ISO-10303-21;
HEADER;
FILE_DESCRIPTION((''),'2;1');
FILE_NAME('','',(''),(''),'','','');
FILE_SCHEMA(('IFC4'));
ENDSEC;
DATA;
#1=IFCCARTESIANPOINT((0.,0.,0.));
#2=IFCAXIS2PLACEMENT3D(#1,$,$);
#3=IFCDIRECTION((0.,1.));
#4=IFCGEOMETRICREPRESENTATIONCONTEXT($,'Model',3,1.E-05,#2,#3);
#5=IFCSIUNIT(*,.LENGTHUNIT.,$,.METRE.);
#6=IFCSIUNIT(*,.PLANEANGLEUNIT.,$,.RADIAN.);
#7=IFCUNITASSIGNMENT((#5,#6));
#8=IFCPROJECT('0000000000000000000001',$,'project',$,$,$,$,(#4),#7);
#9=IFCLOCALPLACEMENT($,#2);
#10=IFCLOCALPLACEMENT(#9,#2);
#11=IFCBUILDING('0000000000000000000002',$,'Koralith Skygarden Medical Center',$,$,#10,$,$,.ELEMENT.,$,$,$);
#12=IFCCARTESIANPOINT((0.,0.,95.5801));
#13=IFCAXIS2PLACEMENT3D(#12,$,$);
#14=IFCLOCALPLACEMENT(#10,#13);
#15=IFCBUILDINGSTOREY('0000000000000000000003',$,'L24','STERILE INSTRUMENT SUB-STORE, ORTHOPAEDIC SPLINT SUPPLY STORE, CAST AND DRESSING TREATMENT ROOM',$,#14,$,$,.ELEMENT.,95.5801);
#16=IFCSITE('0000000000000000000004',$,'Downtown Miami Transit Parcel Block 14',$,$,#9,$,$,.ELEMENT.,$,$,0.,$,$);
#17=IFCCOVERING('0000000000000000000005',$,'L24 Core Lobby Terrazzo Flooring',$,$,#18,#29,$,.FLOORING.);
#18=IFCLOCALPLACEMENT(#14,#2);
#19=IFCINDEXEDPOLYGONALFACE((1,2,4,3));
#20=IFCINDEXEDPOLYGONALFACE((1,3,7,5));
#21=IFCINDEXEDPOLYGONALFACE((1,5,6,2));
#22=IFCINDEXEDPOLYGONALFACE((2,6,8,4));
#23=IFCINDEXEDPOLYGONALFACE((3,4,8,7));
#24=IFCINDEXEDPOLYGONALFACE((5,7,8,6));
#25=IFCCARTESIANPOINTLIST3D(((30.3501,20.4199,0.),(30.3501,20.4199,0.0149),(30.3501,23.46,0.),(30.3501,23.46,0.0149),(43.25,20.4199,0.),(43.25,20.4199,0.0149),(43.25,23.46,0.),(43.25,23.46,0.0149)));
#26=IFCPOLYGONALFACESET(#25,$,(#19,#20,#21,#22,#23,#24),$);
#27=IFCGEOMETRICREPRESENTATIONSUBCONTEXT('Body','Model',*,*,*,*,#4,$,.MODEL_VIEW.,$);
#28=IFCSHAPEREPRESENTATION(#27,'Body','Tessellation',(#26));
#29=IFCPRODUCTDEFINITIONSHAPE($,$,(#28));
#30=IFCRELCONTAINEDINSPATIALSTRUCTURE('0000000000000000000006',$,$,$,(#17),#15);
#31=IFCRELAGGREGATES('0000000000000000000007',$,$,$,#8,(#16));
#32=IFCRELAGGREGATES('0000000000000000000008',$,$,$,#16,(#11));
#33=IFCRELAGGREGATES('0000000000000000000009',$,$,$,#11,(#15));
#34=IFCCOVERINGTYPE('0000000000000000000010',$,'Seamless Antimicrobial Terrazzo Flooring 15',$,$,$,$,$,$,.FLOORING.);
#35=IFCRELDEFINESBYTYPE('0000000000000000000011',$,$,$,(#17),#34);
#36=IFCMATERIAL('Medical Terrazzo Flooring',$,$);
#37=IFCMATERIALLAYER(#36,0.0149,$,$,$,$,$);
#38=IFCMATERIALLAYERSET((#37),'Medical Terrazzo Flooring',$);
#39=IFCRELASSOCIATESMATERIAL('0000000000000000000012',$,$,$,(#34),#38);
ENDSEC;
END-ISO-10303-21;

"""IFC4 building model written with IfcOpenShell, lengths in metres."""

from ifc_helpers import new_model, si_unit, direction, frame, origin, place, context, subcontext, project, spatial, polyline, outline, extrude, material, layer, layer_set, type_object, element, save


model = new_model("IFC4")

# Units and contexts
model_context = context("Model", 3, precision=1e-05, world=origin(), true_north=direction((0.0, 1.0)))
body_context = subcontext(model_context, "Body", "Model", "MODEL_VIEW")
ifc_project = project(units=[si_unit("LENGTHUNIT", "METRE"), si_unit("PLANEANGLEUNIT", "RADIAN")], contexts=[model_context])

# Site, building, storey
site_placement = place(None, origin())
site = spatial("IfcSite", under=ifc_project, at=site_placement, Name="Downtown Miami Transit Parcel Block 14", CompositionType="ELEMENT", RefElevation=0.0)
building_placement = place(site_placement, origin())
building = spatial("IfcBuilding", under=site, at=building_placement, Name="Koralith Skygarden Medical Center", CompositionType="ELEMENT")
storey_placement = place(building_placement, frame((0.0, 0.0, 95.5801)))
storey = spatial("IfcBuildingStorey", under=building, at=storey_placement, Name="L24", Description="STERILE INSTRUMENT SUB-STORE, ORTHOPAEDIC SPLINT SUPPLY STORE, CAST AND DRESSING TREATMENT ROOM", CompositionType="ELEMENT", Elevation=95.5801)

# Covering
ifc_material_1 = material(Name="Medical Terrazzo Flooring")
ifc_layer_1 = layer(ifc_material_1, 0.0149)
ifc_layer_set_1 = layer_set([ifc_layer_1], Name="Medical Terrazzo Flooring")
covering_type_1 = type_object("IfcCoveringType", Name="Seamless Antimicrobial Terrazzo Flooring 15", PredefinedType="FLOORING", material=ifc_layer_set_1)
covering_1_placement = place(storey_placement, origin())
element("IfcCovering", 1, at=covering_1_placement, inside=storey, type_object=covering_type_1, Name="L24 Core Lobby Terrazzo Flooring", PredefinedType="FLOORING", context=body_context, shape_type="SweptSolid", body=[
    extrude(outline(polyline([(30.3501, 20.4199), (43.25, 20.4199), (43.25, 23.46), (30.3501, 23.46), (30.3501, 20.4199)])), origin(), (0.0, 0.0, 1.0), 0.0149),
])

save(model, "model.ifc")
